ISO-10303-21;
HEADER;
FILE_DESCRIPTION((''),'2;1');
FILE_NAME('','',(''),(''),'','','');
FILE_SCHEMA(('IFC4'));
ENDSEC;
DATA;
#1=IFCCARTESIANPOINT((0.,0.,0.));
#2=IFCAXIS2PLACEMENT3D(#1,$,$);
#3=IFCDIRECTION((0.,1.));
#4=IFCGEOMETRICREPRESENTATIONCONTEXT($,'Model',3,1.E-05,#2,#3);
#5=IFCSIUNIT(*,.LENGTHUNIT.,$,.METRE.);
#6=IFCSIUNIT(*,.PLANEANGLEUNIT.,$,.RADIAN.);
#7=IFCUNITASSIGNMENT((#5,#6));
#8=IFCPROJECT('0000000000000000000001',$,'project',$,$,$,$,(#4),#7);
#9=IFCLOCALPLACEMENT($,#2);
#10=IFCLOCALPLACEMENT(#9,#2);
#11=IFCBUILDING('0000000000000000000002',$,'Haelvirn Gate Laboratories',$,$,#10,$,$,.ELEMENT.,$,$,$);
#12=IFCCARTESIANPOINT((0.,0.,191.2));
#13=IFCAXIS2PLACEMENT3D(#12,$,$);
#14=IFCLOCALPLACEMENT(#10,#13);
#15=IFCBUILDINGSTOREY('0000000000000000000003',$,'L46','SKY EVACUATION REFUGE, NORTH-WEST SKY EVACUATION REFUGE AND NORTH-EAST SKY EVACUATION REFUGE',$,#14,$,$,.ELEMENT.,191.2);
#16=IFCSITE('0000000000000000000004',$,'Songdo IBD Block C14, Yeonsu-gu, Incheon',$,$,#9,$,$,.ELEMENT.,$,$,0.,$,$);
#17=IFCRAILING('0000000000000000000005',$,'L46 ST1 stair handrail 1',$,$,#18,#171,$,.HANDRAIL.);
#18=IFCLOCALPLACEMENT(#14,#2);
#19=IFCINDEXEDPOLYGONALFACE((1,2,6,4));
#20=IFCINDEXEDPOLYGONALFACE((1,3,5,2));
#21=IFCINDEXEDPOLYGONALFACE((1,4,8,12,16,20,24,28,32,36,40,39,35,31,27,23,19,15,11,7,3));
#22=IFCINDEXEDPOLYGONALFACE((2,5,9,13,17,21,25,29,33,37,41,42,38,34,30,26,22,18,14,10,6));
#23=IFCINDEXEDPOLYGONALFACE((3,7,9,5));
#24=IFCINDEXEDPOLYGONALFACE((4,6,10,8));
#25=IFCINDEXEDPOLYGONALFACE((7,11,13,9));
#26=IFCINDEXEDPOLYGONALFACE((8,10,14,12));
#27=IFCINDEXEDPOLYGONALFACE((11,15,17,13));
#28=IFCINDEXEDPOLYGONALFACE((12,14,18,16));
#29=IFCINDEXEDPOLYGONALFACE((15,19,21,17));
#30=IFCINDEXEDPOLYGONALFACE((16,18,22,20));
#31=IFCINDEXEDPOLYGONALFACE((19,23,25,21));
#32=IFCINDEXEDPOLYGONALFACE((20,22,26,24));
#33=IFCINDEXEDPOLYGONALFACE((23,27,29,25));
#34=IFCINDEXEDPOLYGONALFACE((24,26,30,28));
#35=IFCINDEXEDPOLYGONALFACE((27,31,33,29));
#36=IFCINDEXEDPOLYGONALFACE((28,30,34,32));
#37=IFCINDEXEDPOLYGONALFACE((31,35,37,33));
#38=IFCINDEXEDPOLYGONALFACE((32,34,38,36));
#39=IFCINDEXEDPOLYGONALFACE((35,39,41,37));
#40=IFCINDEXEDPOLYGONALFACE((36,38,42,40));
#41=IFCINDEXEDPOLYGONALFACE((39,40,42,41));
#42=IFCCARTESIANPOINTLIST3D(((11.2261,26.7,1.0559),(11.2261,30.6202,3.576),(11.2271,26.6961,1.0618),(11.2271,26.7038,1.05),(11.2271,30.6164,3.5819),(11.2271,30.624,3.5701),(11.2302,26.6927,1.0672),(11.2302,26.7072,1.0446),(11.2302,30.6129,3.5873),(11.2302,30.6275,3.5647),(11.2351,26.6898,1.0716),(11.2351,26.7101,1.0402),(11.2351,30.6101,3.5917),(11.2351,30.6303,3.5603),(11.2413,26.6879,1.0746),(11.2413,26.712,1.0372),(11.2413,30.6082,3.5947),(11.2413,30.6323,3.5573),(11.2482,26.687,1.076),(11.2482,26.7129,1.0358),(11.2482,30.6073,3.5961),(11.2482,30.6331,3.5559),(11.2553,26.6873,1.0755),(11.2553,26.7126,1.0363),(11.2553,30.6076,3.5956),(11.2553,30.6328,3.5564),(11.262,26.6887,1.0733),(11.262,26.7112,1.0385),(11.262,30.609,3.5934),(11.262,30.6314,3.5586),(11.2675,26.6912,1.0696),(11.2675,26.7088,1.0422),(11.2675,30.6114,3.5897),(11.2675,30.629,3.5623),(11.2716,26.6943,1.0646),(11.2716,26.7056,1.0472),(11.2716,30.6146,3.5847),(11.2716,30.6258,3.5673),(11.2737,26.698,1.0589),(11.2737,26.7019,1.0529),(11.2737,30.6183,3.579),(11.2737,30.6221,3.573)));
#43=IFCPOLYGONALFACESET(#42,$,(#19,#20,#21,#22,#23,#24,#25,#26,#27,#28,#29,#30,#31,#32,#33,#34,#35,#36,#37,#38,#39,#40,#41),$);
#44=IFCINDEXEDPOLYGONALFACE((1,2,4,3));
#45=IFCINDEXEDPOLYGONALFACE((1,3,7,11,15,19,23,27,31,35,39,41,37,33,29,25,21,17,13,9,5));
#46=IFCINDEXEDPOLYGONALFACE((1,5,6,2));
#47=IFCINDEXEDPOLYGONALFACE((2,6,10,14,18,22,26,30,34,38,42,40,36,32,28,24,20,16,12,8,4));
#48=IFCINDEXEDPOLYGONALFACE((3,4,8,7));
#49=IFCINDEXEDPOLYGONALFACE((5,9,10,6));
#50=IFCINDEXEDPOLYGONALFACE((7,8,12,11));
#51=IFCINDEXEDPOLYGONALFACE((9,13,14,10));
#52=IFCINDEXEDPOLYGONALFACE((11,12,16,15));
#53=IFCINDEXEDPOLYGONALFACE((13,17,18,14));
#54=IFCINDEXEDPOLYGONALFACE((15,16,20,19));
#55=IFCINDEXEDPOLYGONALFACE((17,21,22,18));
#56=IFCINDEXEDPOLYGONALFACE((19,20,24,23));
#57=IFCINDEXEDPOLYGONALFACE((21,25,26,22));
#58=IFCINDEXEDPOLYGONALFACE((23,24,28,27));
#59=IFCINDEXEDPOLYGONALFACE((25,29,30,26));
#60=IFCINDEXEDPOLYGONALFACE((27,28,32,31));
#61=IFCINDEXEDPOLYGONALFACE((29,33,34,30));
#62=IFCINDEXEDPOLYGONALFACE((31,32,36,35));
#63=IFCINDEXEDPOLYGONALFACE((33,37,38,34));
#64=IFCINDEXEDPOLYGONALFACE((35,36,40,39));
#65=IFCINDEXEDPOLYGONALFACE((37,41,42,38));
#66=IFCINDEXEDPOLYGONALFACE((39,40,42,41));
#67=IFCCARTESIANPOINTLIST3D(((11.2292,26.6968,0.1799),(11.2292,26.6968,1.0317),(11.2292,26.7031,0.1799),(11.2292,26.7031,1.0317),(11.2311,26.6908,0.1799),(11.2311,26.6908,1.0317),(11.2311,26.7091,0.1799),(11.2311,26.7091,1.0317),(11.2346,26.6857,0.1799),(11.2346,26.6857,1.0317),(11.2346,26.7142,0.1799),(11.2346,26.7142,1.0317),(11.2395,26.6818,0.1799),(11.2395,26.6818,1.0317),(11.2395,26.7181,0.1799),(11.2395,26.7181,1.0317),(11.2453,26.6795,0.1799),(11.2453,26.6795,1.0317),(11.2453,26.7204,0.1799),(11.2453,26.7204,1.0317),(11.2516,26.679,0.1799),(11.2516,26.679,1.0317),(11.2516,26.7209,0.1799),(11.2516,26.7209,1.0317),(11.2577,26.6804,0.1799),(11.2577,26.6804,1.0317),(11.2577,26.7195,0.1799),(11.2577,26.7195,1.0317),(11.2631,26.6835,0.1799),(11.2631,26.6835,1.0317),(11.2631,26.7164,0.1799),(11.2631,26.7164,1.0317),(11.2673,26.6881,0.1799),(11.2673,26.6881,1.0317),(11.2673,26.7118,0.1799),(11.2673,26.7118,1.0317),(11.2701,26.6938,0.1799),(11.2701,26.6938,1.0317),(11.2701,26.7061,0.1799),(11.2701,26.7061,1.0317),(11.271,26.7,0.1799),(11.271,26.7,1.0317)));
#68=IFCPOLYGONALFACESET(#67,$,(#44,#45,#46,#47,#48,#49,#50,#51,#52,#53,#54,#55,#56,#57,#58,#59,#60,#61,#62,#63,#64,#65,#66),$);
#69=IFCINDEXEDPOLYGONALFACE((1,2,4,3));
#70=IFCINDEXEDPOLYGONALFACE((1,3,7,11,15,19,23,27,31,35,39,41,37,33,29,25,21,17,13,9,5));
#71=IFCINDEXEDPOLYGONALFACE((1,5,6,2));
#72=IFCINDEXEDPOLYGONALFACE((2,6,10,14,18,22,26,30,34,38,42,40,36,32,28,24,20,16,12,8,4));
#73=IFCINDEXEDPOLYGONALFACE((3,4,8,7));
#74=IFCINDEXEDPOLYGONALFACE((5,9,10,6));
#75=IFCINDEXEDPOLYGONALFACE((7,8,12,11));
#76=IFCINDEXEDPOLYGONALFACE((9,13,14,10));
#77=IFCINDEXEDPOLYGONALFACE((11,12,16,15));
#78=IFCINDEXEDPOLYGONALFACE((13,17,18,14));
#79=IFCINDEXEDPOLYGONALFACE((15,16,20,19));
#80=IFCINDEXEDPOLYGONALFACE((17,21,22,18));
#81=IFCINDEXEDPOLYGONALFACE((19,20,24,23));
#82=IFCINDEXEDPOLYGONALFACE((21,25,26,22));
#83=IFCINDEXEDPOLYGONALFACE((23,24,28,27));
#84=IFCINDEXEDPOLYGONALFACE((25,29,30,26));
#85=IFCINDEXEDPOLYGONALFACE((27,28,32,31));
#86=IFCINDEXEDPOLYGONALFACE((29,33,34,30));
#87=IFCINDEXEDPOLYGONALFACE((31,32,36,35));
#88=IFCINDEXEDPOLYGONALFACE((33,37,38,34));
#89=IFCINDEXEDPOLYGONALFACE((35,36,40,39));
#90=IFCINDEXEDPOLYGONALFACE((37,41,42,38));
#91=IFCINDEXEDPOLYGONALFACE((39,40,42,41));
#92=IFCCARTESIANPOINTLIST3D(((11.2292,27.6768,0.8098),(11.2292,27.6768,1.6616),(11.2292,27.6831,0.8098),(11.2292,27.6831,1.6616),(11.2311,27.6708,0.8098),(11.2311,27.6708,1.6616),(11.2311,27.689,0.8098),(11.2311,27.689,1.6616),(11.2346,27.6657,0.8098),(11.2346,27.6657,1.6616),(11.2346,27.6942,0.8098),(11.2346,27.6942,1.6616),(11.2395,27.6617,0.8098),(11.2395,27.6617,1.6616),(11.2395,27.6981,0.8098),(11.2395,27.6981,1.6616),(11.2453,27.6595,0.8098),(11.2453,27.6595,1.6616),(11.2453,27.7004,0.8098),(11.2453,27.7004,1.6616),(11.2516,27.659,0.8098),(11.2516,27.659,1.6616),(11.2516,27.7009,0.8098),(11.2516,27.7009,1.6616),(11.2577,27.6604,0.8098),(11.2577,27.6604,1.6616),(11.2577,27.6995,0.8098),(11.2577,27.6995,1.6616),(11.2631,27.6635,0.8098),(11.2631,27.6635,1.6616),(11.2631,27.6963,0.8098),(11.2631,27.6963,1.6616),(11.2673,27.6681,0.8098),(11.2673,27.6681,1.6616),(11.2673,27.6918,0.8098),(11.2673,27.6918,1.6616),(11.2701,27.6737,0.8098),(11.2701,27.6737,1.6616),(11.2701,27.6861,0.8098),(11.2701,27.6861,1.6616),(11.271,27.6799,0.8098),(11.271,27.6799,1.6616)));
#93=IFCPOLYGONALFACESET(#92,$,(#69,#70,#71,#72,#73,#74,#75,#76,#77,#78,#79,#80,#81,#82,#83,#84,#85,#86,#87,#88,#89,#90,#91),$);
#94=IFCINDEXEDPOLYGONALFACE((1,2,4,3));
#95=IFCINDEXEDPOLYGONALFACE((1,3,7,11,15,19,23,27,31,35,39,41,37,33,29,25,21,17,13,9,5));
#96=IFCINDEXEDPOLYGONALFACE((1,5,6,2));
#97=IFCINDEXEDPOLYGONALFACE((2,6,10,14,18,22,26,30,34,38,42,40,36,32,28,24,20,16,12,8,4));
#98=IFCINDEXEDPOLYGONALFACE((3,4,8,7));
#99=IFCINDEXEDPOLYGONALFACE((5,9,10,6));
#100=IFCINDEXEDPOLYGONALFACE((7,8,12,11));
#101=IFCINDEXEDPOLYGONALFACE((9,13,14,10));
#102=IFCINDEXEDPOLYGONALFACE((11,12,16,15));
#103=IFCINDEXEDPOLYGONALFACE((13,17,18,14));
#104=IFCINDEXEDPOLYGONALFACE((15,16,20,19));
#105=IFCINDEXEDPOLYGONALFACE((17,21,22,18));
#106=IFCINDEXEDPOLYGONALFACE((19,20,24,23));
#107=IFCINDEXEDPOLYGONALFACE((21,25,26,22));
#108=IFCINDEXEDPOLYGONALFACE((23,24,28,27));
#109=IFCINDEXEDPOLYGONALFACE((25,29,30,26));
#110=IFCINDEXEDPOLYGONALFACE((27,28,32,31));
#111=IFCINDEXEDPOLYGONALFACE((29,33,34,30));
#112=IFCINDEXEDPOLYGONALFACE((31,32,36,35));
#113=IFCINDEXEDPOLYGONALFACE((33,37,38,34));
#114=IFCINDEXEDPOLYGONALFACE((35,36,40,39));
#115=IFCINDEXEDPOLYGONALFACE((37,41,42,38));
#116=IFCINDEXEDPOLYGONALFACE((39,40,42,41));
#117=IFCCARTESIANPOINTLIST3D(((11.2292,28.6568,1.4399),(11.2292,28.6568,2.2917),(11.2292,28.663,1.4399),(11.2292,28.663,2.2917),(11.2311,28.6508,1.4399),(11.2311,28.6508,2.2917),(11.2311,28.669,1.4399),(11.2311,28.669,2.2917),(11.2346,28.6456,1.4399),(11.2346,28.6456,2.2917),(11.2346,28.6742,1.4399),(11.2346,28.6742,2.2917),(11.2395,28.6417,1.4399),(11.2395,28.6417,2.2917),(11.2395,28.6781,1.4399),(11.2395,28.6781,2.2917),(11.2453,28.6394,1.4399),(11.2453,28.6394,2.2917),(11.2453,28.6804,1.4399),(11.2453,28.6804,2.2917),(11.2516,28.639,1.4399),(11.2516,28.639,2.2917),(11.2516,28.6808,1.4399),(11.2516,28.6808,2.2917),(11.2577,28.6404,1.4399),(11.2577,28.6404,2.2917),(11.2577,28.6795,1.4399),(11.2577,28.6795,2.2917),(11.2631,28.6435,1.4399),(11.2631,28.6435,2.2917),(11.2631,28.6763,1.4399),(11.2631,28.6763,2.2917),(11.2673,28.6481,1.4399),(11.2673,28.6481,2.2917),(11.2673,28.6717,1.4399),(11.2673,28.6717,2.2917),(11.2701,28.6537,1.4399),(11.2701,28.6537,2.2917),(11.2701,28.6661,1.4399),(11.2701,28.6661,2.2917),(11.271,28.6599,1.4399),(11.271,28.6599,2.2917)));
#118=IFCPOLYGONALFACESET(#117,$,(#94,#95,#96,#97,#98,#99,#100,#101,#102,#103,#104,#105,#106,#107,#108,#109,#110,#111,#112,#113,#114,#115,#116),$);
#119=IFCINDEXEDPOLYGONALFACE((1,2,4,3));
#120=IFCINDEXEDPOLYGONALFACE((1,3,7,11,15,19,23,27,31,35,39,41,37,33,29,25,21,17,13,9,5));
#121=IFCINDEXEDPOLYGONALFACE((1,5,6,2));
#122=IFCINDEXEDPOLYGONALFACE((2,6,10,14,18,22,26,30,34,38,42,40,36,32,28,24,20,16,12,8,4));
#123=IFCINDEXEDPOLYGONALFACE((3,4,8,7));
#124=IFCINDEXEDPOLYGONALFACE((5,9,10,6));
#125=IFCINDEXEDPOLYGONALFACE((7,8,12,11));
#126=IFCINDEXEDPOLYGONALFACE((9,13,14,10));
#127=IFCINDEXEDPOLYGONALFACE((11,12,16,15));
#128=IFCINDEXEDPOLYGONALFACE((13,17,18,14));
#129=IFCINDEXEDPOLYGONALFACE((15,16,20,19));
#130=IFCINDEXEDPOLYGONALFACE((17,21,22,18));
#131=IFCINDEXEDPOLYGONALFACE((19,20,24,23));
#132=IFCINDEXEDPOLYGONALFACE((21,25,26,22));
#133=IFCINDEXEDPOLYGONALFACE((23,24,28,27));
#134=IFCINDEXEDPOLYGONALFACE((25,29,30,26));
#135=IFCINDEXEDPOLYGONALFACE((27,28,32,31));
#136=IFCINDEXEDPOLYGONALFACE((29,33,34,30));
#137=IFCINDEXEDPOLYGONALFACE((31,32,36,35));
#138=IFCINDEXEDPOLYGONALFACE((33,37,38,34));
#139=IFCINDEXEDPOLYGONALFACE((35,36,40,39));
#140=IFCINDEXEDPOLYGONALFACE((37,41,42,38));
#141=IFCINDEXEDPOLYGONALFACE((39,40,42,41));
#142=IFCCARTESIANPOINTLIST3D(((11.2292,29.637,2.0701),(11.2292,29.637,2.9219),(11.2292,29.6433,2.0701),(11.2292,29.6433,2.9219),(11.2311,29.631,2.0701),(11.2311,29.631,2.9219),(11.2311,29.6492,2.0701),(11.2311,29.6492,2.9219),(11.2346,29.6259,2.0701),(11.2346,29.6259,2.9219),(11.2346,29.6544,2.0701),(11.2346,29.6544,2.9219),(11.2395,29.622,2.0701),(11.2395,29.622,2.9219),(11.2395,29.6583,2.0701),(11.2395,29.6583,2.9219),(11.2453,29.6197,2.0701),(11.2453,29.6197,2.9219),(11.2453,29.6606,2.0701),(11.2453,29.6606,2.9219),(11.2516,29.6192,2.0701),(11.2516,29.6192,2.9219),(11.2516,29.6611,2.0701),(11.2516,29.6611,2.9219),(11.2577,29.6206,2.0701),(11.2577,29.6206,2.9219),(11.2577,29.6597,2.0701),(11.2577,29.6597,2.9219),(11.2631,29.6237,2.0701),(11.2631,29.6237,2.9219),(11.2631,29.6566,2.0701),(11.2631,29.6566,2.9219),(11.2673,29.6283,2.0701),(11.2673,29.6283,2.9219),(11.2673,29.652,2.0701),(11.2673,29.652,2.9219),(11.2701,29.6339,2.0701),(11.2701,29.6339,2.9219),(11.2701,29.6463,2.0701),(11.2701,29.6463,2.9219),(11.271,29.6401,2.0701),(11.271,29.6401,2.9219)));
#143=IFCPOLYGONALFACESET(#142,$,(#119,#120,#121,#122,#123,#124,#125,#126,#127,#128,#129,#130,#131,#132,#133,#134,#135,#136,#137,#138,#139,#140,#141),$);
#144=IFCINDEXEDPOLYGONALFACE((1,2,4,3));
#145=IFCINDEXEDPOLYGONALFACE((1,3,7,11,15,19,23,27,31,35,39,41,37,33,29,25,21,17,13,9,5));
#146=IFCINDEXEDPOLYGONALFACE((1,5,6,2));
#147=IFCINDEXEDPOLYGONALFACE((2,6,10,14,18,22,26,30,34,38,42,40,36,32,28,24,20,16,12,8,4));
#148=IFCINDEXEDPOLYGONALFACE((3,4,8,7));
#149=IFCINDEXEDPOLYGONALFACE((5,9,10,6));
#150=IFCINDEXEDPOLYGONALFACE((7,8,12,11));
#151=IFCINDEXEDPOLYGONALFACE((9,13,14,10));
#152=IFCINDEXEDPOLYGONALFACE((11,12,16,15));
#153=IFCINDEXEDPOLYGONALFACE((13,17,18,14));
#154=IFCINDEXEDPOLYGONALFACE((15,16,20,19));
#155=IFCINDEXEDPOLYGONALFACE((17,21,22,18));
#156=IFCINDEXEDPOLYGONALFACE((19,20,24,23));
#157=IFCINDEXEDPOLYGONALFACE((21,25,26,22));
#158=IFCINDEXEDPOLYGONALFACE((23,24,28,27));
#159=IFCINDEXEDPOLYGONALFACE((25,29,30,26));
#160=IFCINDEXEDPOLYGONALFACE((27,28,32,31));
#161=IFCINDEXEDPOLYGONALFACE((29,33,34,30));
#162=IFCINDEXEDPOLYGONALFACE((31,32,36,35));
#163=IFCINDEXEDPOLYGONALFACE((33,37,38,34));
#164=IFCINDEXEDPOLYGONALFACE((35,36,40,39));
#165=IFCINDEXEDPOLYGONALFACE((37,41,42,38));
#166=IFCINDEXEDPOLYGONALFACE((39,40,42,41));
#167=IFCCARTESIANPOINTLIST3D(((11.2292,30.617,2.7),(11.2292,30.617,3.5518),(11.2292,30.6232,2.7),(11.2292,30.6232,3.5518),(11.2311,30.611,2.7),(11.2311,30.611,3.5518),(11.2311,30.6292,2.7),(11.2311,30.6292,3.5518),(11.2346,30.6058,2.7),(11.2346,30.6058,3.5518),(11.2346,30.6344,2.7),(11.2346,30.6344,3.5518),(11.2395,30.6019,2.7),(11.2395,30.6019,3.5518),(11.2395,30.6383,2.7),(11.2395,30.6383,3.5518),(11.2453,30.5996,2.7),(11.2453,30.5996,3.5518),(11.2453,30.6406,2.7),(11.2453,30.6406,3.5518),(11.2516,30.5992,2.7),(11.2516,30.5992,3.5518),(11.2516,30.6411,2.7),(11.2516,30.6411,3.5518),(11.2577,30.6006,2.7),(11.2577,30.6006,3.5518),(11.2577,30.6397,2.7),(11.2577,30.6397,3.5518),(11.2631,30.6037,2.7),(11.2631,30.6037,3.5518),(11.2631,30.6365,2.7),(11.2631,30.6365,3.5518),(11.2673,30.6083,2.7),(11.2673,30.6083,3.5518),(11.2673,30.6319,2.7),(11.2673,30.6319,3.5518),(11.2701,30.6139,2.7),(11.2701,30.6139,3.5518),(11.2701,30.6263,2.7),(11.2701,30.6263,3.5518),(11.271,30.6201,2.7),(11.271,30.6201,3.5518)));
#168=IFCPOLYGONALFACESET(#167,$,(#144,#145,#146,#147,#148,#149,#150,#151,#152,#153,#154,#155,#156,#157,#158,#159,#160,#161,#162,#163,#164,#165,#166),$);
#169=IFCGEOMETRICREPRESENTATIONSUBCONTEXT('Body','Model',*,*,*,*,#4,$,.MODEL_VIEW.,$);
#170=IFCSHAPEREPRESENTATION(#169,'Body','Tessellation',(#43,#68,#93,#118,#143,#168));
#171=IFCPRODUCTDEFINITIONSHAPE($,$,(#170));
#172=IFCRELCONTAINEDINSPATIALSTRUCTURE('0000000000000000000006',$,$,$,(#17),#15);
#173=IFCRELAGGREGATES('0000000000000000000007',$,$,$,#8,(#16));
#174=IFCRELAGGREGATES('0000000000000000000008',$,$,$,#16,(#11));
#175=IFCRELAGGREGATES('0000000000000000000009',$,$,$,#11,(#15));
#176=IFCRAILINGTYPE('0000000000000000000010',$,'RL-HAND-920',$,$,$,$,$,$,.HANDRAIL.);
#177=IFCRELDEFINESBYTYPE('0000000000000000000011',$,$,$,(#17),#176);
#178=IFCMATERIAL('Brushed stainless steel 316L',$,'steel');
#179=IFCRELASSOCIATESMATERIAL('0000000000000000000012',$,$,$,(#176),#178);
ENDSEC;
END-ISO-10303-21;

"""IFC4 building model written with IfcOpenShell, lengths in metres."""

from ifc_helpers import new_model, si_unit, direction, frame, origin, origin_2d, place, context, subcontext, project, spatial, circle, extrude, source, transform, mapped, material, type_object, element, save


model = new_model("IFC4")

# Units and contexts
model_context = context("Model", 3, precision=1e-05, world=origin(), true_north=direction((0.0, 1.0)))
body_context = subcontext(model_context, "Body", "Model", "MODEL_VIEW")
ifc_project = project(units=[si_unit("LENGTHUNIT", "METRE"), si_unit("PLANEANGLEUNIT", "RADIAN")], contexts=[model_context])

# Site, building, storey
site_placement = place(None, origin())
site = spatial("IfcSite", under=ifc_project, at=site_placement, Name="Songdo IBD Block C14, Yeonsu-gu, Incheon", CompositionType="ELEMENT", RefElevation=0.0)
building_placement = place(site_placement, origin())
building = spatial("IfcBuilding", under=site, at=building_placement, Name="Haelvirn Gate Laboratories", CompositionType="ELEMENT")
storey_placement = place(building_placement, frame((0.0, 0.0, 191.2)))
storey = spatial("IfcBuildingStorey", under=building, at=storey_placement, Name="L46", Description="SKY EVACUATION REFUGE, NORTH-WEST SKY EVACUATION REFUGE AND NORTH-EAST SKY EVACUATION REFUGE", CompositionType="ELEMENT", Elevation=191.2)

# Railing
ifc_material_1 = material(Name="Brushed stainless steel 316L", Category="steel")
railing_type_1 = type_object("IfcRailingType", Name="RL-HAND-920", PredefinedType="HANDRAIL", material=ifc_material_1)
shared_shape_1 = source(origin(), body_context, "Body", "SweptSolid", [
    extrude(circle(Radius=0.0239, at=origin_2d()), frame((0.0, 0.0, 0.876), z_axis=(0.0, 0.841187, 0.540744), x_axis=(-1.0, 0.0, 0.0)), (0.0, 0.0, 1.0), 4.6604),
    extrude(circle(Radius=0.021, at=origin_2d()), origin(), (0.0, 0.0, 1.0), 0.8518),
    extrude(circle(Radius=0.021, at=origin_2d()), frame((0.0, 0.98, 0.6299)), (0.0, 0.0, 1.0), 0.8518),
    extrude(circle(Radius=0.021, at=origin_2d()), frame((0.0, 1.96, 1.26)), (0.0, 0.0, 1.0), 0.8518),
    extrude(circle(Radius=0.021, at=origin_2d()), frame((0.0, 2.9402, 1.8901)), (0.0, 0.0, 1.0), 0.8518),
    extrude(circle(Radius=0.021, at=origin_2d()), frame((0.0, 3.9202, 2.52)), (0.0, 0.0, 1.0), 0.8518),
])
railing_1_placement = place(storey_placement, frame((11.25, 26.7, 0.1799)))
element("IfcRailing", 1, at=railing_1_placement, inside=storey, type_object=railing_type_1, Name="L46 ST1 stair handrail 1", PredefinedType="HANDRAIL", context=body_context, shape_type="MappedRepresentation", body=[
    mapped(shared_shape_1, transform((0.0, 0.0, 0.0), scale=1.0)),
])

save(model, "model.ifc")
